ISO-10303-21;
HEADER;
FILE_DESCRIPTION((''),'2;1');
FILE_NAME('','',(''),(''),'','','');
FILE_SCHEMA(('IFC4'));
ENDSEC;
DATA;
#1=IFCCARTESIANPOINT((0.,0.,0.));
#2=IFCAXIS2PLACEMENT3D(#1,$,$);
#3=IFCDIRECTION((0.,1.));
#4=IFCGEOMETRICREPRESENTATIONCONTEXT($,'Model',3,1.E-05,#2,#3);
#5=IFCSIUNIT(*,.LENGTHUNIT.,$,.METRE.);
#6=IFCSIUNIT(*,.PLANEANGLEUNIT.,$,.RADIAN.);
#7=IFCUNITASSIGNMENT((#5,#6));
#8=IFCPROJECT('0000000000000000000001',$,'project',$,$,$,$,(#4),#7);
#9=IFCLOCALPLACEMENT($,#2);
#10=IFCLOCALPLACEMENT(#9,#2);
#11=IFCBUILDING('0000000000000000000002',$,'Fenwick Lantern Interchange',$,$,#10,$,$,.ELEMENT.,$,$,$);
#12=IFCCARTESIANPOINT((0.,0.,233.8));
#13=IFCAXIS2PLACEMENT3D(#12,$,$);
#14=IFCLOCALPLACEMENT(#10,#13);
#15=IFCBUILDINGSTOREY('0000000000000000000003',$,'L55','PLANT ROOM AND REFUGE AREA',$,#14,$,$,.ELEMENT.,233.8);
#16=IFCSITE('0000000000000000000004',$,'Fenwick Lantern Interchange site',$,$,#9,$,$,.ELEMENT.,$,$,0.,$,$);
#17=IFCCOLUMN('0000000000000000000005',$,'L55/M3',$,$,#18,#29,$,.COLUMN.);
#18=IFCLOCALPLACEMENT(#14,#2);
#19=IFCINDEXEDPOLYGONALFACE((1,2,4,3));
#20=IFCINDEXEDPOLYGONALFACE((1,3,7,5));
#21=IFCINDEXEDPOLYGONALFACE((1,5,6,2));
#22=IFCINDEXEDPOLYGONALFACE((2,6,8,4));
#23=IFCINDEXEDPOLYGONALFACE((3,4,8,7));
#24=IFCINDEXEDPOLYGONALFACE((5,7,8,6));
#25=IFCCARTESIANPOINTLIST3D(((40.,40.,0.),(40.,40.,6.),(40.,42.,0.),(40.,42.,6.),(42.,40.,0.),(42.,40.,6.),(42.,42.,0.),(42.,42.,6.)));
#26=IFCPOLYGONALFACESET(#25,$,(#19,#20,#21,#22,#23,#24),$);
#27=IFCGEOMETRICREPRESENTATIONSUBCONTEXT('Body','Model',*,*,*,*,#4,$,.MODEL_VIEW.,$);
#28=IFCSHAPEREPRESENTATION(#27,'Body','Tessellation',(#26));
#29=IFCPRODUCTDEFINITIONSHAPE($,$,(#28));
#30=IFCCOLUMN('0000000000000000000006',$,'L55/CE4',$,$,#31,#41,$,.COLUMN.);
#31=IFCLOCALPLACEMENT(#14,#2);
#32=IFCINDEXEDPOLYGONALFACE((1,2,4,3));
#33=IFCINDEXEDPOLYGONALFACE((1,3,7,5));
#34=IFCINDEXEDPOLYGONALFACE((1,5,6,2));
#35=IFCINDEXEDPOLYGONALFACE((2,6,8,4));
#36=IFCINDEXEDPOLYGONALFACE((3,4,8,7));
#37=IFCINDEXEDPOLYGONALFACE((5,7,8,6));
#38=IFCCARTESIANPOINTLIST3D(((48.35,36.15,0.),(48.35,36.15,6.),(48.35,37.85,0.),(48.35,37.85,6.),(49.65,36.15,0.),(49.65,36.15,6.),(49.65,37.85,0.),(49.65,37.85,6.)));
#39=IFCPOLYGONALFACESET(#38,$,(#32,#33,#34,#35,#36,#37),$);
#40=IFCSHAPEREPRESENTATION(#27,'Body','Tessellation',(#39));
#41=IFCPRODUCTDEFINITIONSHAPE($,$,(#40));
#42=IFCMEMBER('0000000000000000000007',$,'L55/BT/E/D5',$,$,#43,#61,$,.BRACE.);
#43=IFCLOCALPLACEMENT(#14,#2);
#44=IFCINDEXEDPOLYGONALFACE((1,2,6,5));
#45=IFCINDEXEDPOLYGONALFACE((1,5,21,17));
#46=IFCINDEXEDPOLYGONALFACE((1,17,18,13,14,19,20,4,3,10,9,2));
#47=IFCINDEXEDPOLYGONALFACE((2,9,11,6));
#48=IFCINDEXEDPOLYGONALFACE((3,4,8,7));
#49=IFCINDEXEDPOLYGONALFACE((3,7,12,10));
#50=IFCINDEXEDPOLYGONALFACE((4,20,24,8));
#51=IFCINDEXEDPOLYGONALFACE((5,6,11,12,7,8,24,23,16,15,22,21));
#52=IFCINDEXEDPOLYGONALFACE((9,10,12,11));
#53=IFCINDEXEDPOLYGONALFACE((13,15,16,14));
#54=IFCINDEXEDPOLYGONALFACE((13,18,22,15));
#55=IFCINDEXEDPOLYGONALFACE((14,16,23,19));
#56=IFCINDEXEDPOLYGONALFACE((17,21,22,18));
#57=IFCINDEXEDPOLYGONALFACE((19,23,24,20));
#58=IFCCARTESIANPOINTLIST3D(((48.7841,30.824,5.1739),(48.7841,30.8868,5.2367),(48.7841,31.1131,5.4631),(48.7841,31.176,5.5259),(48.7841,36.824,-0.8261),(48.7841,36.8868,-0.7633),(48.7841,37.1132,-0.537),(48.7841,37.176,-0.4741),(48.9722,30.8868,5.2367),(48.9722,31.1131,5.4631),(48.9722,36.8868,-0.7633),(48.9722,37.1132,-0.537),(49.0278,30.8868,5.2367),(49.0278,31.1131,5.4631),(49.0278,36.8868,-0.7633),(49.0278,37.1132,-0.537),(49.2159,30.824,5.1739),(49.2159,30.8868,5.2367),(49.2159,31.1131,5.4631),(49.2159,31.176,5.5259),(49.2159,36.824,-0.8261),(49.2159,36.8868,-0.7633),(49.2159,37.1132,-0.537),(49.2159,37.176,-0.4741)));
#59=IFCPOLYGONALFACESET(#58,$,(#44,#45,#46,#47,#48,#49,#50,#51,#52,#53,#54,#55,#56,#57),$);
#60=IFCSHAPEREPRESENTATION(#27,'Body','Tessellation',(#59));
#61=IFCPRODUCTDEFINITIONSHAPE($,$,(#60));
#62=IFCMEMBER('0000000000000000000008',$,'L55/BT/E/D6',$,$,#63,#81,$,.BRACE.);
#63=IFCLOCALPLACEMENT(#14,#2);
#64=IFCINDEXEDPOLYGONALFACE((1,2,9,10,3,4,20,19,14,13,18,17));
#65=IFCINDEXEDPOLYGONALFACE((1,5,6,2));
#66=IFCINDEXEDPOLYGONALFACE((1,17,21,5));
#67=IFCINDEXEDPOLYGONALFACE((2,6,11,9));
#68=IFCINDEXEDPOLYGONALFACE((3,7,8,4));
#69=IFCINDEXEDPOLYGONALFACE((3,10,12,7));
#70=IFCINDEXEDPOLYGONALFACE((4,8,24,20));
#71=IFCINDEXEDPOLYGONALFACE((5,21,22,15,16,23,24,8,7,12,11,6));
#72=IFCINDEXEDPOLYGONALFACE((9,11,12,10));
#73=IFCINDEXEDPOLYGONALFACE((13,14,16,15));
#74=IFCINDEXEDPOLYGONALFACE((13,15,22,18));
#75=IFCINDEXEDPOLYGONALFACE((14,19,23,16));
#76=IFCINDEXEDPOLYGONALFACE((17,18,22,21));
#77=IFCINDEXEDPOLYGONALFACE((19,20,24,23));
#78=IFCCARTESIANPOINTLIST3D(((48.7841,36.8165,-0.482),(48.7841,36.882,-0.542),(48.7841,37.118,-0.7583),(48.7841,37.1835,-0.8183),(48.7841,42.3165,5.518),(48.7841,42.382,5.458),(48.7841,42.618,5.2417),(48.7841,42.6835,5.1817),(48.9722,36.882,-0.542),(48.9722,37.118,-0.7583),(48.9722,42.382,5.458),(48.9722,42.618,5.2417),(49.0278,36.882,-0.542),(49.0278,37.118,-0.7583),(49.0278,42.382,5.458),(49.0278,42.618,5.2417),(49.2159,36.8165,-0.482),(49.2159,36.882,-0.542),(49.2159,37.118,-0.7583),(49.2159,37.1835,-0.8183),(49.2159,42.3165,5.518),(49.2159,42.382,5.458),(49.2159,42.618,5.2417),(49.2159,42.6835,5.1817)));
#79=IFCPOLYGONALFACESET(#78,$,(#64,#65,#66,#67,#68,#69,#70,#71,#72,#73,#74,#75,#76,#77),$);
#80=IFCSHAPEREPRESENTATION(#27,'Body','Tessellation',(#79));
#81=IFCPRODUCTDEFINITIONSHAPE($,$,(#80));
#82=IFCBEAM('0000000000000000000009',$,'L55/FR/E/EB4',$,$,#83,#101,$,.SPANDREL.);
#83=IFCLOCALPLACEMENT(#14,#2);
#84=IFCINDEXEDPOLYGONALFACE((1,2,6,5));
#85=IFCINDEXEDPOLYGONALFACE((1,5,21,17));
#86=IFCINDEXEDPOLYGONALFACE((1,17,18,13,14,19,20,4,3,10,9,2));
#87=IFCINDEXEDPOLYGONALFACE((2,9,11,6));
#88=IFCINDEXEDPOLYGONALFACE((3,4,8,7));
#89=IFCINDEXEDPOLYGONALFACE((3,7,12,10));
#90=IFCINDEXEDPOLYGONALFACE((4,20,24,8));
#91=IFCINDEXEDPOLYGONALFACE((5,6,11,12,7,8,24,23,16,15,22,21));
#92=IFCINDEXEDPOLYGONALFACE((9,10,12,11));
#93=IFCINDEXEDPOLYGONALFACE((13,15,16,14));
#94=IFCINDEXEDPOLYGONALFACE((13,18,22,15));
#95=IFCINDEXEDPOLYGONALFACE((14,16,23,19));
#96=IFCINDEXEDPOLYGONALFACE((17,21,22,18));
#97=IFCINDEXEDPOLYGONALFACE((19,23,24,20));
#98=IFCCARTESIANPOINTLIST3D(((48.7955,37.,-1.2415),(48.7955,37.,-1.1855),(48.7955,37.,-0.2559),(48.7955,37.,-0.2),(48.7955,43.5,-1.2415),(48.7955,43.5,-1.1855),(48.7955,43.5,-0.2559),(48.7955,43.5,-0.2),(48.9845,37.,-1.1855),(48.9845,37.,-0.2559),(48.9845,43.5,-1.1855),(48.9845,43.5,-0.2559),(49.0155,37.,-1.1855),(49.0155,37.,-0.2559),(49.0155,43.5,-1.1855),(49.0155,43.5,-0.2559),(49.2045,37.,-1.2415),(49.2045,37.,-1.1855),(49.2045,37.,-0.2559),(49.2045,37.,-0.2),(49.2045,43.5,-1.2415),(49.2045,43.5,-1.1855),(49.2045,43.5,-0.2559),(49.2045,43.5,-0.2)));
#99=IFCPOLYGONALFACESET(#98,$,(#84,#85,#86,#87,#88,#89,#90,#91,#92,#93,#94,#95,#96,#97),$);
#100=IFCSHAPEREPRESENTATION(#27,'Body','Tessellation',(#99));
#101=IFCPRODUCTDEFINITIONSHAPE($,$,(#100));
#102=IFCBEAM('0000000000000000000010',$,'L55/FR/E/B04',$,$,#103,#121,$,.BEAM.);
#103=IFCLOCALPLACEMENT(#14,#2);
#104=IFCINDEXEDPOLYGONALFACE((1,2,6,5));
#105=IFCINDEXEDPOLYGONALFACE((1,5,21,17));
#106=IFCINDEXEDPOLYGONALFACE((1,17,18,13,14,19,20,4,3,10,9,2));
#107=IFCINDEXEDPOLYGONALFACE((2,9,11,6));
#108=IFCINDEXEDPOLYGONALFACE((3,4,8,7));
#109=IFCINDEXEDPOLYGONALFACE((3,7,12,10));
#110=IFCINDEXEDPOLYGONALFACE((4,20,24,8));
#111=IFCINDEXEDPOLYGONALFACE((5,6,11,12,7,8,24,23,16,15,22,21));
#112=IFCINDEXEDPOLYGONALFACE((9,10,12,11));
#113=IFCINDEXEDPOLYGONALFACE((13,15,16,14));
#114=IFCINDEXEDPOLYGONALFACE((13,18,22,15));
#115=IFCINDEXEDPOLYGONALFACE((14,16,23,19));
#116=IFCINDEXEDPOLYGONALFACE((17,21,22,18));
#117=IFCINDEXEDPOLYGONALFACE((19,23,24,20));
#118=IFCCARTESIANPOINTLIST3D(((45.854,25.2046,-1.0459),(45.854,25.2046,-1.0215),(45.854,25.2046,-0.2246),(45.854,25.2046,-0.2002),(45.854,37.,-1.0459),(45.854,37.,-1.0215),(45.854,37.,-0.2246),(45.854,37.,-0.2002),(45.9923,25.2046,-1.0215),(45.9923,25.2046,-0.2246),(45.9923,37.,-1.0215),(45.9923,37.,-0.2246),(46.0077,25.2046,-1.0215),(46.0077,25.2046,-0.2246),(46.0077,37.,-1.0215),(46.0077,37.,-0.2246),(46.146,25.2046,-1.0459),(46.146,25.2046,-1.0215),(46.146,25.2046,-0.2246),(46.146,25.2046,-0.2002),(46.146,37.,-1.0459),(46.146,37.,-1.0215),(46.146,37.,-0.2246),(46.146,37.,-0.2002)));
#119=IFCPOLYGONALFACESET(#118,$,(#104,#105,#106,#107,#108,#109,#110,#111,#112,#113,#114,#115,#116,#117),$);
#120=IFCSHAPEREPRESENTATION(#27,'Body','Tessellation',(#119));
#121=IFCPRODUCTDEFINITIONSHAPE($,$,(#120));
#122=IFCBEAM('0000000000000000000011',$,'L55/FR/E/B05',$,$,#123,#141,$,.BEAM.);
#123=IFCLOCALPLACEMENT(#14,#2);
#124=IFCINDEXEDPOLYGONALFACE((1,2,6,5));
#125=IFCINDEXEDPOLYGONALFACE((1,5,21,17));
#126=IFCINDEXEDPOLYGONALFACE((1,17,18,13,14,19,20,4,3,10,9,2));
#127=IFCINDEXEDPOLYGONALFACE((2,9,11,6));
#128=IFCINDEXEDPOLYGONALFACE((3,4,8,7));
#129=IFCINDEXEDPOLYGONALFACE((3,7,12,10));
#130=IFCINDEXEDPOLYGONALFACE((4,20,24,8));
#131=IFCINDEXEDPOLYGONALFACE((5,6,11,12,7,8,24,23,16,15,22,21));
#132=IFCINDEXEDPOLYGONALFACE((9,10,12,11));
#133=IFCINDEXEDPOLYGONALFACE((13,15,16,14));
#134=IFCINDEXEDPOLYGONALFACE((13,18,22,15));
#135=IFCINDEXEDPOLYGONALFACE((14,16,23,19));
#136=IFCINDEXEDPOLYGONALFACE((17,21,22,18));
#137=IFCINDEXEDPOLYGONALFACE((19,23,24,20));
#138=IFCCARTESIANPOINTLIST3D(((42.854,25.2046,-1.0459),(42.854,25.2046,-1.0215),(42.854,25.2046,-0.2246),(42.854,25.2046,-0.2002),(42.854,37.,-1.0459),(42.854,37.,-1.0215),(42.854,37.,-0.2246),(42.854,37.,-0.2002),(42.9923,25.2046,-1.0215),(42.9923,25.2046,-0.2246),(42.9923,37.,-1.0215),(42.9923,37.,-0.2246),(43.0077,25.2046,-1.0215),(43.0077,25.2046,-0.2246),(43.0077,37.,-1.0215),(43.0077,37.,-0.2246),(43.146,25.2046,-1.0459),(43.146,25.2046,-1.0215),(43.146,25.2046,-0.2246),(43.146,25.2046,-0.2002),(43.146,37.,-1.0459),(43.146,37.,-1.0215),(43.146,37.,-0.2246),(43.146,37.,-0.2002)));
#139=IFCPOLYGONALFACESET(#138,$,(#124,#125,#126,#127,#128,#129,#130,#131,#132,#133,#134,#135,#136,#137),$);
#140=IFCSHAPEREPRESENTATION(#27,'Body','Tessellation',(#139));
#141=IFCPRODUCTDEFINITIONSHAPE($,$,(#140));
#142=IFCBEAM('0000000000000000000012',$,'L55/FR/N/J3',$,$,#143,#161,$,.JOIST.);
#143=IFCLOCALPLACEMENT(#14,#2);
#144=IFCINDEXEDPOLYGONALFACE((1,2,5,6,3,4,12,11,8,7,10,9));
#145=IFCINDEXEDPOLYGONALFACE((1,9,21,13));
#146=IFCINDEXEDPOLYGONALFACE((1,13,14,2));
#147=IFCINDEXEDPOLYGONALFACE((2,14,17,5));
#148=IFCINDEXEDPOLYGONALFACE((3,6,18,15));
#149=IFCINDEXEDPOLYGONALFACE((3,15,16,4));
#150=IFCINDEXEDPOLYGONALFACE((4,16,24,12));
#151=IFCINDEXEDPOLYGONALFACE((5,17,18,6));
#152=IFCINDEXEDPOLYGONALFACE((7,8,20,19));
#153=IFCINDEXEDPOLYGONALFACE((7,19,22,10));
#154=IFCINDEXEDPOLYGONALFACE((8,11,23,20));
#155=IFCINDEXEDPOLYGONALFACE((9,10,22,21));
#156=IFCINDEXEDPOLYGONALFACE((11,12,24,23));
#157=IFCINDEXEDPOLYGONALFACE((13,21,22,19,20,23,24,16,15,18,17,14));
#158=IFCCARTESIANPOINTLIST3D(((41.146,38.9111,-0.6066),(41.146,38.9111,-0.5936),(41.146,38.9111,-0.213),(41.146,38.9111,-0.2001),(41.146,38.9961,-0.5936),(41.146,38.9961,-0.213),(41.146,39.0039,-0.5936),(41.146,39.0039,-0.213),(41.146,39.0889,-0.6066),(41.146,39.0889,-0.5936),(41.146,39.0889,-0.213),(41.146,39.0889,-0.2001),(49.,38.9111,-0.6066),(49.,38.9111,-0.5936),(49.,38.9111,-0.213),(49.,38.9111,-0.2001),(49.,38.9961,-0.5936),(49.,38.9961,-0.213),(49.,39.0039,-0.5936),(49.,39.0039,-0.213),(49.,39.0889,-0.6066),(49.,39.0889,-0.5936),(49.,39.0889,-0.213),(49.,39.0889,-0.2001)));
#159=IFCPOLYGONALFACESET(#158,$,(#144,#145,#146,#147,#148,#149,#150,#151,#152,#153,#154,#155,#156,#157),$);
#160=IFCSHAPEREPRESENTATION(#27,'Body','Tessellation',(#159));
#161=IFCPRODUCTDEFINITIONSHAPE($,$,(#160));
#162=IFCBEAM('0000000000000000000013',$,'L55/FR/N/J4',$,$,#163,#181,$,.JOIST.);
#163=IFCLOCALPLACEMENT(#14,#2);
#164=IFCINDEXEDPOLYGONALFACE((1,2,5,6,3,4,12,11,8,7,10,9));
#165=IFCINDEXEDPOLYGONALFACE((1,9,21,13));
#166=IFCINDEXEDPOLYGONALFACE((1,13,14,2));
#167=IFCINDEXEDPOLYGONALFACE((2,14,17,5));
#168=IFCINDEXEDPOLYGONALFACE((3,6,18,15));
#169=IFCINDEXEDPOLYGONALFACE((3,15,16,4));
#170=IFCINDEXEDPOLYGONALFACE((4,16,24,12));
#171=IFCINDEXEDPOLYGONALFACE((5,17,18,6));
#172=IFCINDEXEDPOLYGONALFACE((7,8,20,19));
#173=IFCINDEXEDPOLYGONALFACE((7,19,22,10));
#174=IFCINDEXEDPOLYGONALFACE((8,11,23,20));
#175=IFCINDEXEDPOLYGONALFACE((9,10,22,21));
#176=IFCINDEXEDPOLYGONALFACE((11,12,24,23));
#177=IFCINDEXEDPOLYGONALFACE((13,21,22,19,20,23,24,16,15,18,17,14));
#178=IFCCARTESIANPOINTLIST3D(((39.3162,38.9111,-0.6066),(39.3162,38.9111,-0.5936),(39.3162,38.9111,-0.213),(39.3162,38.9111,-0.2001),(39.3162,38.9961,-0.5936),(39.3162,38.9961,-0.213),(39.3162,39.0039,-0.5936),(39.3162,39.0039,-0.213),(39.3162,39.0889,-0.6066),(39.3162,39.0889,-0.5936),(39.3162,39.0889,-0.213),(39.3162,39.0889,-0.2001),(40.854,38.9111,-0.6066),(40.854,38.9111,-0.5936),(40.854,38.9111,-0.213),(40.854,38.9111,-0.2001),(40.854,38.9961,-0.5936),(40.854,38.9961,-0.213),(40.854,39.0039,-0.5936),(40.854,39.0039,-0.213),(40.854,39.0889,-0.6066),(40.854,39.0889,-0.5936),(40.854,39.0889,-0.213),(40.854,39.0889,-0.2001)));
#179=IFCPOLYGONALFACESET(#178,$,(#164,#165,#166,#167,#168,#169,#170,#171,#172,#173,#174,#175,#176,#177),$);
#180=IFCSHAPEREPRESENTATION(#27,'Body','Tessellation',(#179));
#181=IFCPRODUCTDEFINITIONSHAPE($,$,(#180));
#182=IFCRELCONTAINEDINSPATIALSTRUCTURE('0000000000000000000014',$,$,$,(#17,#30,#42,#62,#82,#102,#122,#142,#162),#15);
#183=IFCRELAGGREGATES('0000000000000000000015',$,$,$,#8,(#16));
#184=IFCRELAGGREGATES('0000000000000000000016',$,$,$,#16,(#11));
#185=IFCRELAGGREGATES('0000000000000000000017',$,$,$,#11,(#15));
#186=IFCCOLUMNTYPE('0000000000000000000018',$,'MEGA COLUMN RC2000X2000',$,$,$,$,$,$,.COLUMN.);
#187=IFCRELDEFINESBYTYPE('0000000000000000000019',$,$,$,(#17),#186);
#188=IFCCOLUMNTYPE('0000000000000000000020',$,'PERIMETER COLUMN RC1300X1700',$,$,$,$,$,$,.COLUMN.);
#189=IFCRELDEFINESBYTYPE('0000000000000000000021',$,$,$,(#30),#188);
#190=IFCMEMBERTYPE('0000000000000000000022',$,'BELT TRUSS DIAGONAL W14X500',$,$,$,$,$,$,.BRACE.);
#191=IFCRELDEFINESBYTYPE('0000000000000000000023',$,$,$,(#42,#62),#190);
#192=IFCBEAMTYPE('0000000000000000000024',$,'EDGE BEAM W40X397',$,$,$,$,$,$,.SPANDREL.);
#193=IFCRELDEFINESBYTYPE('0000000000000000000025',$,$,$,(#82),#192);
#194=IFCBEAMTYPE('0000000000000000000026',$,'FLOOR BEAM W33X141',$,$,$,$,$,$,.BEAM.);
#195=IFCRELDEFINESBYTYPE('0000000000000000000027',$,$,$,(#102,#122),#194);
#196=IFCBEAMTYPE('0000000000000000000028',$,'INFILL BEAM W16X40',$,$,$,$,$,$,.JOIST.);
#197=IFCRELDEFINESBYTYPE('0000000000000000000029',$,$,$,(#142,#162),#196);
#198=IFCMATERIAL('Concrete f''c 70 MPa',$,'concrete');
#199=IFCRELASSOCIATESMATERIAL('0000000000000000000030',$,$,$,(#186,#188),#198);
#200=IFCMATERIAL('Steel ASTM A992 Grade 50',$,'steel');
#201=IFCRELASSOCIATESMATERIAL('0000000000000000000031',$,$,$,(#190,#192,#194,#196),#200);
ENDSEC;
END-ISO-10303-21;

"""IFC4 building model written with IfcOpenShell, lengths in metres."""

from ifc_helpers import new_model, si_unit, direction, frame, origin, origin_2d, place, context, subcontext, project, spatial, rectangle, i_section, extrude, material, material_profile, profile_set, type_object, element, save


model = new_model("IFC4")

# Units and contexts
model_context = context("Model", 3, precision=1e-05, world=origin(), true_north=direction((0.0, 1.0)))
body_context = subcontext(model_context, "Body", "Model", "MODEL_VIEW")
ifc_project = project(units=[si_unit("LENGTHUNIT", "METRE"), si_unit("PLANEANGLEUNIT", "RADIAN")], contexts=[model_context])

# Site, building, storey
site_placement = place(None, origin())
site = spatial("IfcSite", under=ifc_project, at=site_placement, Name="Fenwick Lantern Interchange site", CompositionType="ELEMENT", RefElevation=0.0)
building_placement = place(site_placement, origin())
building = spatial("IfcBuilding", under=site, at=building_placement, Name="Fenwick Lantern Interchange", CompositionType="ELEMENT")
storey_placement = place(building_placement, frame((0.0, 0.0, 233.8)))
storey = spatial("IfcBuildingStorey", under=building, at=storey_placement, Name="L55", Description="PLANT ROOM AND REFUGE AREA", CompositionType="ELEMENT", Elevation=233.8)

# Columns
ifc_material_1 = material(Name="Concrete f'c 70 MPa", Category="concrete")
ifc_material_profile_1 = material_profile(ifc_material_1, rectangle(XDim=2.0, YDim=2.0, at=origin_2d()), Name="RC2000X2000")
ifc_profile_set_1 = profile_set([ifc_material_profile_1], Name="Concrete f'c 70 MPa")
column_type_1 = type_object("IfcColumnType", Name="MEGA COLUMN RC2000X2000", PredefinedType="COLUMN", material=ifc_profile_set_1)
column_1_placement = place(storey_placement, frame((41.0, 41.0, 0.0), z_axis=(0.0, 0.0, 1.0), x_axis=(1.0, 0.0, 0.0)))
element("IfcColumn", 1, at=column_1_placement, inside=storey, type_object=column_type_1, Name="L55/M3", PredefinedType="COLUMN", context=body_context, shape_type="SweptSolid", body=[
    extrude(rectangle(XDim=2.0, YDim=2.0, at=origin_2d()), origin(), (0.0, 0.0, 1.0), 6.0),
])
ifc_material_profile_2 = material_profile(ifc_material_1, rectangle(XDim=1.3, YDim=1.7, at=origin_2d()), Name="RC1300X1700")
ifc_profile_set_2 = profile_set([ifc_material_profile_2], Name="Concrete f'c 70 MPa")
column_type_2 = type_object("IfcColumnType", Name="PERIMETER COLUMN RC1300X1700", PredefinedType="COLUMN", material=ifc_profile_set_2)
column_2_placement = place(storey_placement, frame((49.0, 37.0, 0.0), z_axis=(0.0, 0.0, 1.0), x_axis=(1.0, 0.0, 0.0)))
element("IfcColumn", 2, at=column_2_placement, inside=storey, type_object=column_type_2, Name="L55/CE4", PredefinedType="COLUMN", context=body_context, shape_type="SweptSolid", body=[
    extrude(rectangle(XDim=1.3, YDim=1.7, at=origin_2d()), origin(), (0.0, 0.0, 1.0), 6.0),
])

# Members
ifc_material_2 = material(Name="Steel ASTM A992 Grade 50", Category="steel")
ifc_material_profile_3 = material_profile(ifc_material_2, i_section(OverallWidth=0.4319, OverallDepth=0.4978, WebThickness=0.0557, FlangeThickness=0.0889, at=origin_2d()), Name="W14X500")
ifc_profile_set_3 = profile_set([ifc_material_profile_3], Name="Steel ASTM A992 Grade 50")
member_type_1 = type_object("IfcMemberType", Name="BELT TRUSS DIAGONAL W14X500", PredefinedType="BRACE", material=ifc_profile_set_3)
member_1_placement = place(storey_placement, frame((49.0, 37.0, -0.6501), z_axis=(0.0, -0.707107, 0.707107), x_axis=(1.0, 0.0, 0.0)))
element("IfcMember", 3, at=member_1_placement, inside=storey, type_object=member_type_1, Name="L55/BT/E/D5", PredefinedType="BRACE", context=body_context, shape_type="SweptSolid", body=[
    extrude(i_section(OverallWidth=0.4319, OverallDepth=0.4978, WebThickness=0.0557, FlangeThickness=0.0889, at=origin_2d()), origin(), (0.0, 0.0, 1.0), 8.4854),
])
member_2_placement = place(storey_placement, frame((49.0, 37.0, -0.6501), z_axis=(0.0, 0.675725, 0.737154), x_axis=(-1.0, 0.0, 0.0)))
element("IfcMember", 4, at=member_2_placement, inside=storey, type_object=member_type_1, Name="L55/BT/E/D6", PredefinedType="BRACE", context=body_context, shape_type="SweptSolid", body=[
    extrude(i_section(OverallWidth=0.4319, OverallDepth=0.4978, WebThickness=0.0557, FlangeThickness=0.0889, at=origin_2d()), origin(), (0.0, 0.0, 1.0), 8.1394),
])

# Beams
ifc_material_profile_4 = material_profile(ifc_material_2, i_section(OverallWidth=0.4089, OverallDepth=1.0415, WebThickness=0.031, FlangeThickness=0.0559, at=origin_2d()), Name="W40X397")
ifc_profile_set_4 = profile_set([ifc_material_profile_4], Name="Steel ASTM A992 Grade 50")
beam_type_1 = type_object("IfcBeamType", Name="EDGE BEAM W40X397", PredefinedType="SPANDREL", material=ifc_profile_set_4)
beam_1_placement = place(storey_placement, frame((49.0, 37.0, -0.7207), z_axis=(0.0, 1.0, 0.0), x_axis=(-1.0, 0.0, 0.0)))
element("IfcBeam", 5, at=beam_1_placement, inside=storey, type_object=beam_type_1, Name="L55/FR/E/EB4", PredefinedType="SPANDREL", context=body_context, shape_type="SweptSolid", body=[
    extrude(i_section(OverallWidth=0.4089, OverallDepth=1.0415, WebThickness=0.031, FlangeThickness=0.0559, at=origin_2d()), origin(), (0.0, 0.0, 1.0), 6.5),
])
ifc_material_profile_5 = material_profile(ifc_material_2, i_section(OverallWidth=0.292, OverallDepth=0.8457, WebThickness=0.0154, FlangeThickness=0.0244, at=origin_2d()), Name="W33X141")
ifc_profile_set_5 = profile_set([ifc_material_profile_5], Name="Steel ASTM A992 Grade 50")
beam_type_2 = type_object("IfcBeamType", Name="FLOOR BEAM W33X141", PredefinedType="BEAM", material=ifc_profile_set_5)
for number, where, z_axis, x_axis, name in (
    (6, (46.0, 25.2046, -0.623), (0.0, 1.0, 0.0), (-1.0, 0.0, 0.0), "L55/FR/E/B04"),
    (7, (43.0, 25.2046, -0.623), (0.0, 1.0, 0.0), (-1.0, 0.0, 0.0), "L55/FR/E/B05"),
):
    element("IfcBeam", number, at=place(storey_placement, frame(where, z_axis=z_axis, x_axis=x_axis)), inside=storey, type_object=beam_type_2, Name=name, PredefinedType="BEAM", context=body_context, shape_type="SweptSolid", body=[
        extrude(i_section(OverallWidth=0.292, OverallDepth=0.8457, WebThickness=0.0154, FlangeThickness=0.0244, at=origin_2d()), origin(), (0.0, 0.0, 1.0), 11.7954),
    ])
ifc_material_profile_6 = material_profile(ifc_material_2, i_section(OverallWidth=0.1777, OverallDepth=0.4065, WebThickness=0.0078, FlangeThickness=0.0129, at=origin_2d()), Name="W16X40")
ifc_profile_set_6 = profile_set([ifc_material_profile_6], Name="Steel ASTM A992 Grade 50")
beam_type_3 = type_object("IfcBeamType", Name="INFILL BEAM W16X40", PredefinedType="JOIST", material=ifc_profile_set_6)
beam_2_placement = place(storey_placement, frame((49.0, 39.0, -0.4033), z_axis=(-1.0, 0.0, 0.0), x_axis=(0.0, -1.0, 0.0)))
element("IfcBeam", 8, at=beam_2_placement, inside=storey, type_object=beam_type_3, Name="L55/FR/N/J3", PredefinedType="JOIST", context=body_context, shape_type="SweptSolid", body=[
    extrude(i_section(OverallWidth=0.1777, OverallDepth=0.4065, WebThickness=0.0078, FlangeThickness=0.0129, at=origin_2d()), origin(), (0.0, 0.0, 1.0), 7.854),
])
beam_3_placement = place(storey_placement, frame((40.854, 39.0, -0.4033), z_axis=(-1.0, 0.0, 0.0), x_axis=(0.0, -1.0, 0.0)))
element("IfcBeam", 9, at=beam_3_placement, inside=storey, type_object=beam_type_3, Name="L55/FR/N/J4", PredefinedType="JOIST", context=body_context, shape_type="SweptSolid", body=[
    extrude(i_section(OverallWidth=0.1777, OverallDepth=0.4065, WebThickness=0.0078, FlangeThickness=0.0129, at=origin_2d()), origin(), (0.0, 0.0, 1.0), 1.5378),
])

save(model, "model.ifc")
